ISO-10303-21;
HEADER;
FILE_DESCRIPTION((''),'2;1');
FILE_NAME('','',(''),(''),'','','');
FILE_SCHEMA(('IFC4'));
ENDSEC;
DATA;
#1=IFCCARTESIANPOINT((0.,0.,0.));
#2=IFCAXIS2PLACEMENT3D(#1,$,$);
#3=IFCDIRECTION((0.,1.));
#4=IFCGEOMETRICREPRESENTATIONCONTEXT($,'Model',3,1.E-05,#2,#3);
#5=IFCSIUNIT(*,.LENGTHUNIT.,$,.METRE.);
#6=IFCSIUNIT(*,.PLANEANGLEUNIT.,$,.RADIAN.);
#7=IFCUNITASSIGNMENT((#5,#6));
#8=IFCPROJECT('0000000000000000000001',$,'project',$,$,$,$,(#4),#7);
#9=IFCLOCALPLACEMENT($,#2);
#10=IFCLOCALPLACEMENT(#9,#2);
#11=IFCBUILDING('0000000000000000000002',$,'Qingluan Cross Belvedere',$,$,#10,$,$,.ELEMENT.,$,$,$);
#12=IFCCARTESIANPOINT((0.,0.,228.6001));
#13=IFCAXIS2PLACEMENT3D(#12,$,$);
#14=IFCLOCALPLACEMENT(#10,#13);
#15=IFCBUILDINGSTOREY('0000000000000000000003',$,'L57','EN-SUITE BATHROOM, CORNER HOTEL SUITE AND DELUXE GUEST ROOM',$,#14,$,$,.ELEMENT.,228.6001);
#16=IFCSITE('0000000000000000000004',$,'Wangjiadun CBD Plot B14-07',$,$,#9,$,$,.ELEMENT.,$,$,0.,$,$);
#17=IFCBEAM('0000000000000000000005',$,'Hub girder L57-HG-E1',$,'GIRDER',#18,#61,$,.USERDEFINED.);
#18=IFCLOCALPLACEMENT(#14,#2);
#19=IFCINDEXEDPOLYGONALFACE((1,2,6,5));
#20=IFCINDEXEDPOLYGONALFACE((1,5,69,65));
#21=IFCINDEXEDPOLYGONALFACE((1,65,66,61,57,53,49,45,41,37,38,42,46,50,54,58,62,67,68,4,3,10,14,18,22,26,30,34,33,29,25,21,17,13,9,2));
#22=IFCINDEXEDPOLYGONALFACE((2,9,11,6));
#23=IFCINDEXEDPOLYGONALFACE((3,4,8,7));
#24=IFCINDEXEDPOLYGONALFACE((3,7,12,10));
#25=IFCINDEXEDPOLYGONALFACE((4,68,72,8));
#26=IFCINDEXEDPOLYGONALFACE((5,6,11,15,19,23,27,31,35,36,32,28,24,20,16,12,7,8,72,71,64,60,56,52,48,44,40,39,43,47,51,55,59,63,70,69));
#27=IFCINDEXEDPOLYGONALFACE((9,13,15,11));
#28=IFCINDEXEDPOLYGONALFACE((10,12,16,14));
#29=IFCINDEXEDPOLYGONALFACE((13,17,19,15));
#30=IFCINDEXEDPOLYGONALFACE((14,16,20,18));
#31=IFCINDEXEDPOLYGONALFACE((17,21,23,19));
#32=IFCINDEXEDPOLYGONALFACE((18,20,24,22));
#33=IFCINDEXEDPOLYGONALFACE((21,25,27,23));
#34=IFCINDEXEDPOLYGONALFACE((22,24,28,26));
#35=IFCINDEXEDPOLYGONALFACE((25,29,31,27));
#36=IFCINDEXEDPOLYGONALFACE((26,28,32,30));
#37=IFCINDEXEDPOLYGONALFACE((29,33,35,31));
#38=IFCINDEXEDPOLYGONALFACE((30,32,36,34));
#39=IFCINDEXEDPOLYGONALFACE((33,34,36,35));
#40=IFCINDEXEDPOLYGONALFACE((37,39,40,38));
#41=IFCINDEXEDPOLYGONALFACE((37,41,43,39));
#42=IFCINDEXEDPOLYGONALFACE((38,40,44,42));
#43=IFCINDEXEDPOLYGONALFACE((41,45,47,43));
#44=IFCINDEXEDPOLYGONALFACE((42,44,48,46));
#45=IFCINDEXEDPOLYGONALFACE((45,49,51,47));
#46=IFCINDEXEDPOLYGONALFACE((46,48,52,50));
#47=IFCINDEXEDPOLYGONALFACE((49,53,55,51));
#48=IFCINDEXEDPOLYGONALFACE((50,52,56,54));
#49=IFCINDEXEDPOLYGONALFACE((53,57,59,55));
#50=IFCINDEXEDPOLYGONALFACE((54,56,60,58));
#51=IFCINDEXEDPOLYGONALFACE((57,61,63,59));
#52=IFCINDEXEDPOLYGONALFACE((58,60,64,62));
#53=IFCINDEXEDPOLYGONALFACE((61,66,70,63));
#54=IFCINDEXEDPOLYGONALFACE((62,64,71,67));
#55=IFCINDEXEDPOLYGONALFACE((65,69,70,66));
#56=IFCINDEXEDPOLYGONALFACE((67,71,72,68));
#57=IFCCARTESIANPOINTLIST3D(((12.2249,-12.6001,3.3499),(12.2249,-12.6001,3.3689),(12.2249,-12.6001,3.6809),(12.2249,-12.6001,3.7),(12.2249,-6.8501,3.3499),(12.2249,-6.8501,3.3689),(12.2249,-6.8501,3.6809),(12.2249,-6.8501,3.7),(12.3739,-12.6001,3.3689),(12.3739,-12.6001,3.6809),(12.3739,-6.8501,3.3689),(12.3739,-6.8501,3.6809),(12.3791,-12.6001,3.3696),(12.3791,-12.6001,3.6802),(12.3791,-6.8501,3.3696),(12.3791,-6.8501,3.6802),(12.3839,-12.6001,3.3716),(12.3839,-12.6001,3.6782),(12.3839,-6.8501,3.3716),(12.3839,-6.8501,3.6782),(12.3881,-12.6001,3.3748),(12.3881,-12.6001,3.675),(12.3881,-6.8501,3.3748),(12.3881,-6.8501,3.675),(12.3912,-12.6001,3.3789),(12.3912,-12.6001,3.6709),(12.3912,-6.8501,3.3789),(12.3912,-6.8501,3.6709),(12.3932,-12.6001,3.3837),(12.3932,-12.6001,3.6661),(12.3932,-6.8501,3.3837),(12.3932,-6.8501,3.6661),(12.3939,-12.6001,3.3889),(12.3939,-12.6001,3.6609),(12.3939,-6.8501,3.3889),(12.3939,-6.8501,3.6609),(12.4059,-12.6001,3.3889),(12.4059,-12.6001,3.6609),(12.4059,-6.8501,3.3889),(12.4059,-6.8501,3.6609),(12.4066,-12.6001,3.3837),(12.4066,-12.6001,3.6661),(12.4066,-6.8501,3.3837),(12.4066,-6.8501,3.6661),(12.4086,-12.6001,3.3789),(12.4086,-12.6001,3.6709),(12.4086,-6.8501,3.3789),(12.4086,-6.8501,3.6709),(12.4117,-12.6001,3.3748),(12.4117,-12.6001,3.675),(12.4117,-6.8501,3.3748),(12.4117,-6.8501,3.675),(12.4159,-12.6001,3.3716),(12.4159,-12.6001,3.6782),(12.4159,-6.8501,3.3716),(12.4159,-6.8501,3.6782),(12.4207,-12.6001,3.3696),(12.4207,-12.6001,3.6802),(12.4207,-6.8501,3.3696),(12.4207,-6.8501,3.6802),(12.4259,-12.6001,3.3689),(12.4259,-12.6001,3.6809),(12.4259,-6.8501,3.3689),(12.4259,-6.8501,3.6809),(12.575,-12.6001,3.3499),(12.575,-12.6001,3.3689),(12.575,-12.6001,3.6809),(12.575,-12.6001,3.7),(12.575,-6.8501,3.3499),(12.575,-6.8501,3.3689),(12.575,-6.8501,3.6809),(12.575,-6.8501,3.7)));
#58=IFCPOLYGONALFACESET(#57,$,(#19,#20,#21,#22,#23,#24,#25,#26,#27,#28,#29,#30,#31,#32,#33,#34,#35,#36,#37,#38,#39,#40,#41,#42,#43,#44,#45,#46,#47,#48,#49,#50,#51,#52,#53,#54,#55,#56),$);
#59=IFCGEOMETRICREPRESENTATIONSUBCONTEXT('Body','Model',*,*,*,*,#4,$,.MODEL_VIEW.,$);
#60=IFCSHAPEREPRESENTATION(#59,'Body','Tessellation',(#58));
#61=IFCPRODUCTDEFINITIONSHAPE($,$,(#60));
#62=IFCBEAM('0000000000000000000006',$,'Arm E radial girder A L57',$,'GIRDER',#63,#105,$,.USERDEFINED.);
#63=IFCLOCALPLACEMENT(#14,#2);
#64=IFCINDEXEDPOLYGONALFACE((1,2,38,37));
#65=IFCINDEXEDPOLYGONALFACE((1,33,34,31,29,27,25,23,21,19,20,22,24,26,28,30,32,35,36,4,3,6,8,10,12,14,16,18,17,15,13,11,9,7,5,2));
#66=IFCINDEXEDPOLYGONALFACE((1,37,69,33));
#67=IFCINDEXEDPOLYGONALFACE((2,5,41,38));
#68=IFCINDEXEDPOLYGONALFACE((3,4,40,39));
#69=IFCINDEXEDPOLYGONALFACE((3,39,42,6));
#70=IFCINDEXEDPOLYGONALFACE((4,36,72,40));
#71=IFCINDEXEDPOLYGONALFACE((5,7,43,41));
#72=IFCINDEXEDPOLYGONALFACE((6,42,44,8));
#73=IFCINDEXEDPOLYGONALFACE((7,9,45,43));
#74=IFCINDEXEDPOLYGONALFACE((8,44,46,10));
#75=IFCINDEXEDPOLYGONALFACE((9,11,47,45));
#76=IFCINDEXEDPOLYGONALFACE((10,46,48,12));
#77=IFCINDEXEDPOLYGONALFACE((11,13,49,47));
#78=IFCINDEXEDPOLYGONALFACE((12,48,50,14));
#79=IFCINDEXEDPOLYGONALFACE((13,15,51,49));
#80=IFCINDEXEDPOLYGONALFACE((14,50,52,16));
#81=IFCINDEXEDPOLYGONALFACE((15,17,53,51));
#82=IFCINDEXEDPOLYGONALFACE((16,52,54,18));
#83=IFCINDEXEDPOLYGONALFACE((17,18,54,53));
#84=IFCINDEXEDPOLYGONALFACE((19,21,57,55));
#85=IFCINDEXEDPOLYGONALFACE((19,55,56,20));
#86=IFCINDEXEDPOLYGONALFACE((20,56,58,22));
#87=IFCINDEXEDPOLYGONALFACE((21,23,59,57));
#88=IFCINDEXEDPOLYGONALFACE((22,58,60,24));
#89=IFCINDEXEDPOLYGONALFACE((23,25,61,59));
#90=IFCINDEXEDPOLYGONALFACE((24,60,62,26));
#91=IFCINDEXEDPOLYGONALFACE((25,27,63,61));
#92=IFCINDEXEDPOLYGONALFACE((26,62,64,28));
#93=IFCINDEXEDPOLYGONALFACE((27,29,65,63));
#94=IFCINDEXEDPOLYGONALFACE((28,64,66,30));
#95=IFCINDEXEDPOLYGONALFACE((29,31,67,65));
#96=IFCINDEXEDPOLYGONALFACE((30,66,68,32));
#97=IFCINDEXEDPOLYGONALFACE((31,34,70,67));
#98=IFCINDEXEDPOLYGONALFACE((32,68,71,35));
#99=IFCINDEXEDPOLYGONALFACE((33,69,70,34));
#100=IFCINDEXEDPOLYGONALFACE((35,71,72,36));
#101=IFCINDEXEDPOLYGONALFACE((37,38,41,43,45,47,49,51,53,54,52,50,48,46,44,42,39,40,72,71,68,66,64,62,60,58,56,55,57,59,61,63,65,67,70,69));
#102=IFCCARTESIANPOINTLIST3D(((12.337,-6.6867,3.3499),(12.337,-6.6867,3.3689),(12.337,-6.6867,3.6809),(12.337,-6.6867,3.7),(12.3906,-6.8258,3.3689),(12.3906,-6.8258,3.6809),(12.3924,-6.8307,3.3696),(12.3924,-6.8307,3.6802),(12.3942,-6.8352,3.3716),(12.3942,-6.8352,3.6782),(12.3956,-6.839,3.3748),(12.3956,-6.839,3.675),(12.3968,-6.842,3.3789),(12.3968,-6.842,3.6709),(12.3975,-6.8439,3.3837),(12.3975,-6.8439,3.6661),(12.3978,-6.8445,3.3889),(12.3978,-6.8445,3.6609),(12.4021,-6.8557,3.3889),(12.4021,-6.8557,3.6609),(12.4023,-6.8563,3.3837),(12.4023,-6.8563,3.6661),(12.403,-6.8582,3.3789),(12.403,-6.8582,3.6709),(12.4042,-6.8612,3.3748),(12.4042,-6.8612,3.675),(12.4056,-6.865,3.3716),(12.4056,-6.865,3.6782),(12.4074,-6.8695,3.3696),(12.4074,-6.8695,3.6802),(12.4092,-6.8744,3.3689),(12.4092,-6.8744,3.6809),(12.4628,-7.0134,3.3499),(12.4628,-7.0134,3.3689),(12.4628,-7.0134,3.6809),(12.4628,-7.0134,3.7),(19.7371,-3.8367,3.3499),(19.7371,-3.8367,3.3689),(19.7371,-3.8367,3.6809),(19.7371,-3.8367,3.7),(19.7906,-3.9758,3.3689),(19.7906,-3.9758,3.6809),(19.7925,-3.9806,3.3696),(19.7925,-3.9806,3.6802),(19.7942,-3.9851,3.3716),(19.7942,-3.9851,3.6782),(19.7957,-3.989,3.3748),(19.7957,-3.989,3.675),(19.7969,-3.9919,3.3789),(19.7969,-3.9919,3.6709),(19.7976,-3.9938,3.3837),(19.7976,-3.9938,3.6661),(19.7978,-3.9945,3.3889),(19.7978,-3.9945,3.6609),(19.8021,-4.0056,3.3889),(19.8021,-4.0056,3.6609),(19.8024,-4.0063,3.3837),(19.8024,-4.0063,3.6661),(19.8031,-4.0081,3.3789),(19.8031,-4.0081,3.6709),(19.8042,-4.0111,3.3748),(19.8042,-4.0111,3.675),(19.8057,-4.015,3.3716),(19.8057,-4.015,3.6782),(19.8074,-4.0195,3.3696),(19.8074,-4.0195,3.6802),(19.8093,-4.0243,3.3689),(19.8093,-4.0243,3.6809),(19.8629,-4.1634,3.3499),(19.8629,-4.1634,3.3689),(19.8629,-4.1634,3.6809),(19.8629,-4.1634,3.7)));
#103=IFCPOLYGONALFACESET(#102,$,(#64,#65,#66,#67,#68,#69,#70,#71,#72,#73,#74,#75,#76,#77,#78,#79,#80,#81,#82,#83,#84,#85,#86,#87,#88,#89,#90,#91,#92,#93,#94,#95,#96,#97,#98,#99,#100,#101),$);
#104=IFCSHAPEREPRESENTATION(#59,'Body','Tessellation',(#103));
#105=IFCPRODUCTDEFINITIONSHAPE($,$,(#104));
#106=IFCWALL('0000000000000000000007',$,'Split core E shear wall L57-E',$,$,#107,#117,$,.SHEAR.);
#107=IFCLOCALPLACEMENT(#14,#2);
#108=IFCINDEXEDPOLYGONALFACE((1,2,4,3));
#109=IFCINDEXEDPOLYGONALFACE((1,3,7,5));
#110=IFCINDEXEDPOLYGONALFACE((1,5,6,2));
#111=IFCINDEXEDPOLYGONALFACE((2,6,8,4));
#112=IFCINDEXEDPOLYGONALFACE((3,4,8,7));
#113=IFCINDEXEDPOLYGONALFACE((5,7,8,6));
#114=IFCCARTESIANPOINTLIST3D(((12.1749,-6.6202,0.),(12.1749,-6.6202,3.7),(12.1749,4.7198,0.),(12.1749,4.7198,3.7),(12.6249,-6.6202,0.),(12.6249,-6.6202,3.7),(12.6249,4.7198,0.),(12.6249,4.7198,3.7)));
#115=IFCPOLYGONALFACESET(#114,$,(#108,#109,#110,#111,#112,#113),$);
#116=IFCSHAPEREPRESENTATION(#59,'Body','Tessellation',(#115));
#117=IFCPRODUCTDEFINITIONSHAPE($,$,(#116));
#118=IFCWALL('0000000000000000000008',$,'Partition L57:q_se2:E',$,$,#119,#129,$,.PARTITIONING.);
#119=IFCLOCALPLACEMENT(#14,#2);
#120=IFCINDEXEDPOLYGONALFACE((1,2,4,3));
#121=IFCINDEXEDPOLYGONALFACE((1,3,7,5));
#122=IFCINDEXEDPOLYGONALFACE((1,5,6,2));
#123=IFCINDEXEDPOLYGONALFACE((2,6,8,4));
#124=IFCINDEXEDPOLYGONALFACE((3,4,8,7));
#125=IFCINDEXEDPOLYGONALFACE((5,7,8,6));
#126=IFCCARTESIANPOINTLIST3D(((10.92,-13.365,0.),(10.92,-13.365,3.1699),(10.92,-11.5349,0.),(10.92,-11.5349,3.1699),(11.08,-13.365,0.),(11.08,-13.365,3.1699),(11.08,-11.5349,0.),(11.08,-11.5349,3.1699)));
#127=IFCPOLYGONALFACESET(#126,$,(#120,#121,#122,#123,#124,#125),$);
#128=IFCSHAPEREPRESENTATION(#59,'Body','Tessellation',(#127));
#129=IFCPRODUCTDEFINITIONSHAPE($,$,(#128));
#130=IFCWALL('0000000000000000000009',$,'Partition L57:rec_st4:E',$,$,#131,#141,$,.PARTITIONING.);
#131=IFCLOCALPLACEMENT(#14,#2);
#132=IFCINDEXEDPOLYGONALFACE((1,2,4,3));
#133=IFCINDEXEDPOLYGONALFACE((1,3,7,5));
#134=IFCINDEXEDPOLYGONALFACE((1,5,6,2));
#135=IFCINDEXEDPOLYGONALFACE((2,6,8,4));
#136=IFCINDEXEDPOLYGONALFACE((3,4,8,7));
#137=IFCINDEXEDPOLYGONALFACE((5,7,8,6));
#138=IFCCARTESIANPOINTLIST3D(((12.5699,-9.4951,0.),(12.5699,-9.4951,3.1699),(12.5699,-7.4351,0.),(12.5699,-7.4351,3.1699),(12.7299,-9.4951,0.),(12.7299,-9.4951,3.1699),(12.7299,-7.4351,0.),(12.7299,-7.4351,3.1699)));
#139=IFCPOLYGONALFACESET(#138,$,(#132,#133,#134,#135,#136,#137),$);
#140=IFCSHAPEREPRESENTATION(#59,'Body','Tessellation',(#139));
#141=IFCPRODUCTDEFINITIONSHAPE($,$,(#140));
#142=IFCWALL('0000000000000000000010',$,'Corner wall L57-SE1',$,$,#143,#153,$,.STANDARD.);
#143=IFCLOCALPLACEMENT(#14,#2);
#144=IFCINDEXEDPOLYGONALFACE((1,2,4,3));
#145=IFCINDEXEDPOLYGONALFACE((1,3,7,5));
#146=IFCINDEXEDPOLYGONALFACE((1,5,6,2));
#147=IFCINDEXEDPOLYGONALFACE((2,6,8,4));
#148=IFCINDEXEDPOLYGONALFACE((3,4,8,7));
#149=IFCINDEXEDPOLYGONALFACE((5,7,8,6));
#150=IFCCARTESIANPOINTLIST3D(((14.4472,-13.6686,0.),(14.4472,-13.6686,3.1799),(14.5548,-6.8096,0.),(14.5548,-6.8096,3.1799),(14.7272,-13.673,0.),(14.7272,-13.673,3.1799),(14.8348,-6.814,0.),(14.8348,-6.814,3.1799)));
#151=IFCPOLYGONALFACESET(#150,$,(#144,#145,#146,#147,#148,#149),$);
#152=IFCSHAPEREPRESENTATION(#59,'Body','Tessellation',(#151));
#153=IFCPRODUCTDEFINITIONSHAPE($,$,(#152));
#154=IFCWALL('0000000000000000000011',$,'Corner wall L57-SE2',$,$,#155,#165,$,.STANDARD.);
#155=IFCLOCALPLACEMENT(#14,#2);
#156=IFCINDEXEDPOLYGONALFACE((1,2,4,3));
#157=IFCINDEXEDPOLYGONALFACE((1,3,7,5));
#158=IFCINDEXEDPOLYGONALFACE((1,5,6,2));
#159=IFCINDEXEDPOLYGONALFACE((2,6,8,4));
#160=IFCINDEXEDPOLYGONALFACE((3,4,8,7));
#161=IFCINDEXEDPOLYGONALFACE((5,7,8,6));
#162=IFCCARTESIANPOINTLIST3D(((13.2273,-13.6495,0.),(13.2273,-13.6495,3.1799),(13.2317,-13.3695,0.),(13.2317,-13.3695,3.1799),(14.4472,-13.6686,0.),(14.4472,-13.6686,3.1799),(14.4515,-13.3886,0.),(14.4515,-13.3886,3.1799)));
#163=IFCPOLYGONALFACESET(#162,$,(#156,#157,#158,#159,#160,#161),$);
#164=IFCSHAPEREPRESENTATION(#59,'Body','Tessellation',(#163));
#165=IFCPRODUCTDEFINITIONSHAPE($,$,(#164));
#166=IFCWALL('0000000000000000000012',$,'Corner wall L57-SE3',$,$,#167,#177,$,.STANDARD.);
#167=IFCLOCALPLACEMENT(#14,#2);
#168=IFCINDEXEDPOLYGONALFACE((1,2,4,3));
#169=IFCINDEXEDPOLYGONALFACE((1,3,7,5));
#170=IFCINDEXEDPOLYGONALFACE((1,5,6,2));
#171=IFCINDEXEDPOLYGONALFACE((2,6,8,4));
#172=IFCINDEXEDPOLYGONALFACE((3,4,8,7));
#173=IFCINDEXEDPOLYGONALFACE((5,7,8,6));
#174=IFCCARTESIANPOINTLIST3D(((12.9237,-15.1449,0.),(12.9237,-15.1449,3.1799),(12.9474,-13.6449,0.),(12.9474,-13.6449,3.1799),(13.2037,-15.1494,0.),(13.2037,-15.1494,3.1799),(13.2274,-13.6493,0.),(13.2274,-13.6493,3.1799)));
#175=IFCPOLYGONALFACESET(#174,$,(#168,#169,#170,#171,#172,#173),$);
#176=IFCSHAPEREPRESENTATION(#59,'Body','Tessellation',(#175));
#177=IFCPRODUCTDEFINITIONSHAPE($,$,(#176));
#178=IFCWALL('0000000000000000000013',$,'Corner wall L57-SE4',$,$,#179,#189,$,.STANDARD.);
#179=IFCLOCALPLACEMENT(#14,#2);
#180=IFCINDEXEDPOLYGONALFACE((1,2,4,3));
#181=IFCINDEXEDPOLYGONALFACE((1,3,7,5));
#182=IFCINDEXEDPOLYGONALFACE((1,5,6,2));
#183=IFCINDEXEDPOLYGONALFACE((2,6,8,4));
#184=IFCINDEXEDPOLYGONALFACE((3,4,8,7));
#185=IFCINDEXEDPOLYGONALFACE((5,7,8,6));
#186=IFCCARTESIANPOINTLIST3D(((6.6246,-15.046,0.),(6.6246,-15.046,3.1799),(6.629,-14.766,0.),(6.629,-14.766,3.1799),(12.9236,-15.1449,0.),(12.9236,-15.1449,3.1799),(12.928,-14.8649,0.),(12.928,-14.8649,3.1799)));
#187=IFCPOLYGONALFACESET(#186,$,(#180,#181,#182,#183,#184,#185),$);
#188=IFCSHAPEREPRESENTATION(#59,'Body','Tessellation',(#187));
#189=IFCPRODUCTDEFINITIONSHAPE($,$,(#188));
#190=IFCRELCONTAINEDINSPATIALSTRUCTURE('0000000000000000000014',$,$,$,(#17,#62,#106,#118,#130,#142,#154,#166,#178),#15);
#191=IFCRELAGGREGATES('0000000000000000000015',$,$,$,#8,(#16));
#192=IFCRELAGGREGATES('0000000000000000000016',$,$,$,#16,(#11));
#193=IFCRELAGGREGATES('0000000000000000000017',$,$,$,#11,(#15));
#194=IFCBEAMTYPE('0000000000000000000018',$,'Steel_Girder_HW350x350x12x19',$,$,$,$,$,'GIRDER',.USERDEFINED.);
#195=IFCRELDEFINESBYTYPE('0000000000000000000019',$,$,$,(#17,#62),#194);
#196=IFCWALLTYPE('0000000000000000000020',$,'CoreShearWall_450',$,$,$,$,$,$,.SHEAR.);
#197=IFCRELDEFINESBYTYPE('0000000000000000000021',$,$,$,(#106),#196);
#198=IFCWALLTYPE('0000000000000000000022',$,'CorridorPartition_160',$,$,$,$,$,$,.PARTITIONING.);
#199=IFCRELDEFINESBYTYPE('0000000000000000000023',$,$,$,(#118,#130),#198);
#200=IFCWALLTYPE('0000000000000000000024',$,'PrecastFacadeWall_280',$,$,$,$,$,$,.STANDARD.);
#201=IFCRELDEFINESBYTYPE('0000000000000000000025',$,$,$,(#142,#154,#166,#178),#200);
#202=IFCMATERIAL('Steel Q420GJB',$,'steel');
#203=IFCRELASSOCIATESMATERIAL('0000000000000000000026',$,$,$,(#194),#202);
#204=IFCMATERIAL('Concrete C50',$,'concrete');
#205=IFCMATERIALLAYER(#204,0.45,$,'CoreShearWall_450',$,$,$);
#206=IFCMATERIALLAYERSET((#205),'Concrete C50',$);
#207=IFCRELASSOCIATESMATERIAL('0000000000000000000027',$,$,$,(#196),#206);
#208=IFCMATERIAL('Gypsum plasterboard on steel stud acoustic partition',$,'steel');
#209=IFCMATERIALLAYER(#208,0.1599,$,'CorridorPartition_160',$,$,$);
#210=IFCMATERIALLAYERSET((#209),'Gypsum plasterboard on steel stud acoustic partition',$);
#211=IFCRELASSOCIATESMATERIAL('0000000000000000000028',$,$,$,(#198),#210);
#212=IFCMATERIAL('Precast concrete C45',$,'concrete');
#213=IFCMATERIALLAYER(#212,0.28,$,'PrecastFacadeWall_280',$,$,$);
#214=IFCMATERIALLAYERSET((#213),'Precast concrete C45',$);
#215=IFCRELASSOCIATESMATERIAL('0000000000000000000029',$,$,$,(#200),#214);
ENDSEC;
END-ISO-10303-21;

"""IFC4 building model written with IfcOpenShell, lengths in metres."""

from ifc_helpers import new_model, si_unit, direction, frame, frame_2d, origin, origin_2d, place, context, subcontext, project, spatial, rectangle, i_section, extrude, material, layer, layer_set, material_profile, profile_set, type_object, element, save


model = new_model("IFC4")

# Units and contexts
model_context = context("Model", 3, precision=1e-05, world=origin(), true_north=direction((0.0, 1.0)))
body_context = subcontext(model_context, "Body", "Model", "MODEL_VIEW")
ifc_project = project(units=[si_unit("LENGTHUNIT", "METRE"), si_unit("PLANEANGLEUNIT", "RADIAN")], contexts=[model_context])

# Site, building, storey
site_placement = place(None, origin())
site = spatial("IfcSite", under=ifc_project, at=site_placement, Name="Wangjiadun CBD Plot B14-07", CompositionType="ELEMENT", RefElevation=0.0)
building_placement = place(site_placement, origin())
building = spatial("IfcBuilding", under=site, at=building_placement, Name="Qingluan Cross Belvedere", CompositionType="ELEMENT")
storey_placement = place(building_placement, frame((0.0, 0.0, 228.6001)))
storey = spatial("IfcBuildingStorey", under=building, at=storey_placement, Name="L57", Description="EN-SUITE BATHROOM, CORNER HOTEL SUITE AND DELUXE GUEST ROOM", CompositionType="ELEMENT", Elevation=228.6001)

# Beams
ifc_material_1 = material(Name="Steel Q420GJB", Category="steel")
ifc_material_profile_1 = material_profile(ifc_material_1, i_section(OverallWidth=0.3501, OverallDepth=0.3501, WebThickness=0.012, FlangeThickness=0.019, FilletRadius=0.02, at=origin_2d()), Name="HW350x350x12x19")
ifc_profile_set_1 = profile_set([ifc_material_profile_1], Name="Steel Q420GJB")
beam_type_1 = type_object("IfcBeamType", Name="Steel_Girder_HW350x350x12x19", ElementType="GIRDER", PredefinedType="USERDEFINED", material=ifc_profile_set_1)
beam_1_placement = place(storey_placement, frame((12.3999, -12.6001, 3.5249), z_axis=(0.0, 1.0, 0.0), x_axis=(-1.0, 0.0, 0.0)))
element("IfcBeam", 1, at=beam_1_placement, inside=storey, type_object=beam_type_1, Name="Hub girder L57-HG-E1", ObjectType="GIRDER", PredefinedType="USERDEFINED", context=body_context, shape_type="SweptSolid", body=[
    extrude(i_section(OverallWidth=0.3501, OverallDepth=0.3501, WebThickness=0.012, FlangeThickness=0.019, FilletRadius=0.02, at=origin_2d()), origin(), (0.0, 0.0, 1.0), 5.75),
])
beam_2_placement = place(storey_placement, frame((12.3999, -6.8501, 3.5249), z_axis=(0.933181, 0.359406, 0.0), x_axis=(-0.359406, 0.933181, 0.0)))
element("IfcBeam", 2, at=beam_2_placement, inside=storey, type_object=beam_type_1, Name="Arm E radial girder A L57", ObjectType="GIRDER", PredefinedType="USERDEFINED", context=body_context, shape_type="SweptSolid", body=[
    extrude(i_section(OverallWidth=0.3501, OverallDepth=0.3501, WebThickness=0.012, FlangeThickness=0.019, FilletRadius=0.02, at=origin_2d()), origin(), (0.0, 0.0, 1.0), 7.9299),
])

# Walls
ifc_material_2 = material(Name="Concrete C50", Category="concrete")
ifc_layer_1 = layer(ifc_material_2, 0.45, Name="CoreShearWall_450")
ifc_layer_set_1 = layer_set([ifc_layer_1], Name="Concrete C50")
wall_type_1 = type_object("IfcWallType", Name="CoreShearWall_450", PredefinedType="SHEAR", material=ifc_layer_set_1)
wall_1_placement = place(storey_placement, frame((12.3999, -6.6201, 0.0), z_axis=(0.0, 0.0, 1.0), x_axis=(0.0, 1.0, 0.0)))
element("IfcWall", 3, at=wall_1_placement, inside=storey, type_object=wall_type_1, Name="Split core E shear wall L57-E", PredefinedType="SHEAR", context=body_context, shape_type="SweptSolid", body=[
    extrude(rectangle(XDim=11.3401, YDim=0.45, at=frame_2d((5.6699, 0.0))), origin(), (0.0, 0.0, 1.0), 3.7),
])
ifc_material_3 = material(Name="Gypsum plasterboard on steel stud acoustic partition", Category="steel")
ifc_layer_2 = layer(ifc_material_3, 0.1599, Name="CorridorPartition_160")
ifc_layer_set_2 = layer_set([ifc_layer_2], Name="Gypsum plasterboard on steel stud acoustic partition")
wall_type_2 = type_object("IfcWallType", Name="CorridorPartition_160", PredefinedType="PARTITIONING", material=ifc_layer_set_2)
wall_2_placement = place(storey_placement, frame((11.0, -13.365, 0.0), z_axis=(0.0, 0.0, 1.0), x_axis=(0.0, 1.0, 0.0)))
element("IfcWall", 4, at=wall_2_placement, inside=storey, type_object=wall_type_2, Name="Partition L57:q_se2:E", PredefinedType="PARTITIONING", context=body_context, shape_type="SweptSolid", body=[
    extrude(rectangle(XDim=1.8301, YDim=0.1599, at=frame_2d((0.915, 0.0))), origin(), (0.0, 0.0, 1.0), 3.1699),
])
wall_3_placement = place(storey_placement, frame((12.6499, -9.4951, 0.0), z_axis=(0.0, 0.0, 1.0), x_axis=(0.0, 1.0, 0.0)))
element("IfcWall", 5, at=wall_3_placement, inside=storey, type_object=wall_type_2, Name="Partition L57:rec_st4:E", PredefinedType="PARTITIONING", context=body_context, shape_type="SweptSolid", body=[
    extrude(rectangle(XDim=2.0601, YDim=0.1599, at=frame_2d((1.03, 0.0))), origin(), (0.0, 0.0, 1.0), 3.1699),
])
ifc_material_4 = material(Name="Precast concrete C45", Category="concrete")
ifc_layer_3 = layer(ifc_material_4, 0.28, Name="PrecastFacadeWall_280")
ifc_layer_set_3 = layer_set([ifc_layer_3], Name="Precast concrete C45")
wall_type_3 = type_object("IfcWallType", Name="PrecastFacadeWall_280", PredefinedType="STANDARD", material=ifc_layer_set_3)
wall_4_placement = place(storey_placement, frame((14.6948, -6.8118, 0.0), z_axis=(0.0, 0.0, 1.0), x_axis=(-0.015695, -0.999877, 0.0)))
element("IfcWall", 6, at=wall_4_placement, inside=storey, type_object=wall_type_3, Name="Corner wall L57-SE1", PredefinedType="STANDARD", context=body_context, shape_type="SweptSolid", body=[
    extrude(rectangle(XDim=6.8599, YDim=0.28, at=frame_2d((3.4299, 0.0))), origin(), (0.0, 0.0, 1.0), 3.1799),
])
wall_5_placement = place(storey_placement, frame((14.4492, -13.5286, 0.0), z_axis=(0.0, 0.0, 1.0), x_axis=(-0.999878, 0.015611, 0.0)))
element("IfcWall", 7, at=wall_5_placement, inside=storey, type_object=wall_type_3, Name="Corner wall L57-SE2", PredefinedType="STANDARD", context=body_context, shape_type="SweptSolid", body=[
    extrude(rectangle(XDim=1.22, YDim=0.28, at=frame_2d((0.6099, 0.0))), origin(), (0.0, 0.0, 1.0), 3.1799),
])
wall_6_placement = place(storey_placement, frame((13.0874, -13.6472, 0.0), z_axis=(0.0, 0.0, 1.0), x_axis=(-0.015786, -0.999875, 0.0)))
element("IfcWall", 8, at=wall_6_placement, inside=storey, type_object=wall_type_3, Name="Corner wall L57-SE3", PredefinedType="STANDARD", context=body_context, shape_type="SweptSolid", body=[
    extrude(rectangle(XDim=1.5002, YDim=0.28, at=frame_2d((0.75, 0.0))), origin(), (0.0, 0.0, 1.0), 3.1799),
])
wall_7_placement = place(storey_placement, frame((12.9258, -15.0049, 0.0), z_axis=(0.0, 0.0, 1.0), x_axis=(-0.999877, 0.015695, 0.0)))
element("IfcWall", 9, at=wall_7_placement, inside=storey, type_object=wall_type_3, Name="Corner wall L57-SE4", PredefinedType="STANDARD", context=body_context, shape_type="SweptSolid", body=[
    extrude(rectangle(XDim=6.2998, YDim=0.28, at=frame_2d((3.1499, 0.0))), origin(), (0.0, 0.0, 1.0), 3.1799),
])

save(model, "model.ifc")
